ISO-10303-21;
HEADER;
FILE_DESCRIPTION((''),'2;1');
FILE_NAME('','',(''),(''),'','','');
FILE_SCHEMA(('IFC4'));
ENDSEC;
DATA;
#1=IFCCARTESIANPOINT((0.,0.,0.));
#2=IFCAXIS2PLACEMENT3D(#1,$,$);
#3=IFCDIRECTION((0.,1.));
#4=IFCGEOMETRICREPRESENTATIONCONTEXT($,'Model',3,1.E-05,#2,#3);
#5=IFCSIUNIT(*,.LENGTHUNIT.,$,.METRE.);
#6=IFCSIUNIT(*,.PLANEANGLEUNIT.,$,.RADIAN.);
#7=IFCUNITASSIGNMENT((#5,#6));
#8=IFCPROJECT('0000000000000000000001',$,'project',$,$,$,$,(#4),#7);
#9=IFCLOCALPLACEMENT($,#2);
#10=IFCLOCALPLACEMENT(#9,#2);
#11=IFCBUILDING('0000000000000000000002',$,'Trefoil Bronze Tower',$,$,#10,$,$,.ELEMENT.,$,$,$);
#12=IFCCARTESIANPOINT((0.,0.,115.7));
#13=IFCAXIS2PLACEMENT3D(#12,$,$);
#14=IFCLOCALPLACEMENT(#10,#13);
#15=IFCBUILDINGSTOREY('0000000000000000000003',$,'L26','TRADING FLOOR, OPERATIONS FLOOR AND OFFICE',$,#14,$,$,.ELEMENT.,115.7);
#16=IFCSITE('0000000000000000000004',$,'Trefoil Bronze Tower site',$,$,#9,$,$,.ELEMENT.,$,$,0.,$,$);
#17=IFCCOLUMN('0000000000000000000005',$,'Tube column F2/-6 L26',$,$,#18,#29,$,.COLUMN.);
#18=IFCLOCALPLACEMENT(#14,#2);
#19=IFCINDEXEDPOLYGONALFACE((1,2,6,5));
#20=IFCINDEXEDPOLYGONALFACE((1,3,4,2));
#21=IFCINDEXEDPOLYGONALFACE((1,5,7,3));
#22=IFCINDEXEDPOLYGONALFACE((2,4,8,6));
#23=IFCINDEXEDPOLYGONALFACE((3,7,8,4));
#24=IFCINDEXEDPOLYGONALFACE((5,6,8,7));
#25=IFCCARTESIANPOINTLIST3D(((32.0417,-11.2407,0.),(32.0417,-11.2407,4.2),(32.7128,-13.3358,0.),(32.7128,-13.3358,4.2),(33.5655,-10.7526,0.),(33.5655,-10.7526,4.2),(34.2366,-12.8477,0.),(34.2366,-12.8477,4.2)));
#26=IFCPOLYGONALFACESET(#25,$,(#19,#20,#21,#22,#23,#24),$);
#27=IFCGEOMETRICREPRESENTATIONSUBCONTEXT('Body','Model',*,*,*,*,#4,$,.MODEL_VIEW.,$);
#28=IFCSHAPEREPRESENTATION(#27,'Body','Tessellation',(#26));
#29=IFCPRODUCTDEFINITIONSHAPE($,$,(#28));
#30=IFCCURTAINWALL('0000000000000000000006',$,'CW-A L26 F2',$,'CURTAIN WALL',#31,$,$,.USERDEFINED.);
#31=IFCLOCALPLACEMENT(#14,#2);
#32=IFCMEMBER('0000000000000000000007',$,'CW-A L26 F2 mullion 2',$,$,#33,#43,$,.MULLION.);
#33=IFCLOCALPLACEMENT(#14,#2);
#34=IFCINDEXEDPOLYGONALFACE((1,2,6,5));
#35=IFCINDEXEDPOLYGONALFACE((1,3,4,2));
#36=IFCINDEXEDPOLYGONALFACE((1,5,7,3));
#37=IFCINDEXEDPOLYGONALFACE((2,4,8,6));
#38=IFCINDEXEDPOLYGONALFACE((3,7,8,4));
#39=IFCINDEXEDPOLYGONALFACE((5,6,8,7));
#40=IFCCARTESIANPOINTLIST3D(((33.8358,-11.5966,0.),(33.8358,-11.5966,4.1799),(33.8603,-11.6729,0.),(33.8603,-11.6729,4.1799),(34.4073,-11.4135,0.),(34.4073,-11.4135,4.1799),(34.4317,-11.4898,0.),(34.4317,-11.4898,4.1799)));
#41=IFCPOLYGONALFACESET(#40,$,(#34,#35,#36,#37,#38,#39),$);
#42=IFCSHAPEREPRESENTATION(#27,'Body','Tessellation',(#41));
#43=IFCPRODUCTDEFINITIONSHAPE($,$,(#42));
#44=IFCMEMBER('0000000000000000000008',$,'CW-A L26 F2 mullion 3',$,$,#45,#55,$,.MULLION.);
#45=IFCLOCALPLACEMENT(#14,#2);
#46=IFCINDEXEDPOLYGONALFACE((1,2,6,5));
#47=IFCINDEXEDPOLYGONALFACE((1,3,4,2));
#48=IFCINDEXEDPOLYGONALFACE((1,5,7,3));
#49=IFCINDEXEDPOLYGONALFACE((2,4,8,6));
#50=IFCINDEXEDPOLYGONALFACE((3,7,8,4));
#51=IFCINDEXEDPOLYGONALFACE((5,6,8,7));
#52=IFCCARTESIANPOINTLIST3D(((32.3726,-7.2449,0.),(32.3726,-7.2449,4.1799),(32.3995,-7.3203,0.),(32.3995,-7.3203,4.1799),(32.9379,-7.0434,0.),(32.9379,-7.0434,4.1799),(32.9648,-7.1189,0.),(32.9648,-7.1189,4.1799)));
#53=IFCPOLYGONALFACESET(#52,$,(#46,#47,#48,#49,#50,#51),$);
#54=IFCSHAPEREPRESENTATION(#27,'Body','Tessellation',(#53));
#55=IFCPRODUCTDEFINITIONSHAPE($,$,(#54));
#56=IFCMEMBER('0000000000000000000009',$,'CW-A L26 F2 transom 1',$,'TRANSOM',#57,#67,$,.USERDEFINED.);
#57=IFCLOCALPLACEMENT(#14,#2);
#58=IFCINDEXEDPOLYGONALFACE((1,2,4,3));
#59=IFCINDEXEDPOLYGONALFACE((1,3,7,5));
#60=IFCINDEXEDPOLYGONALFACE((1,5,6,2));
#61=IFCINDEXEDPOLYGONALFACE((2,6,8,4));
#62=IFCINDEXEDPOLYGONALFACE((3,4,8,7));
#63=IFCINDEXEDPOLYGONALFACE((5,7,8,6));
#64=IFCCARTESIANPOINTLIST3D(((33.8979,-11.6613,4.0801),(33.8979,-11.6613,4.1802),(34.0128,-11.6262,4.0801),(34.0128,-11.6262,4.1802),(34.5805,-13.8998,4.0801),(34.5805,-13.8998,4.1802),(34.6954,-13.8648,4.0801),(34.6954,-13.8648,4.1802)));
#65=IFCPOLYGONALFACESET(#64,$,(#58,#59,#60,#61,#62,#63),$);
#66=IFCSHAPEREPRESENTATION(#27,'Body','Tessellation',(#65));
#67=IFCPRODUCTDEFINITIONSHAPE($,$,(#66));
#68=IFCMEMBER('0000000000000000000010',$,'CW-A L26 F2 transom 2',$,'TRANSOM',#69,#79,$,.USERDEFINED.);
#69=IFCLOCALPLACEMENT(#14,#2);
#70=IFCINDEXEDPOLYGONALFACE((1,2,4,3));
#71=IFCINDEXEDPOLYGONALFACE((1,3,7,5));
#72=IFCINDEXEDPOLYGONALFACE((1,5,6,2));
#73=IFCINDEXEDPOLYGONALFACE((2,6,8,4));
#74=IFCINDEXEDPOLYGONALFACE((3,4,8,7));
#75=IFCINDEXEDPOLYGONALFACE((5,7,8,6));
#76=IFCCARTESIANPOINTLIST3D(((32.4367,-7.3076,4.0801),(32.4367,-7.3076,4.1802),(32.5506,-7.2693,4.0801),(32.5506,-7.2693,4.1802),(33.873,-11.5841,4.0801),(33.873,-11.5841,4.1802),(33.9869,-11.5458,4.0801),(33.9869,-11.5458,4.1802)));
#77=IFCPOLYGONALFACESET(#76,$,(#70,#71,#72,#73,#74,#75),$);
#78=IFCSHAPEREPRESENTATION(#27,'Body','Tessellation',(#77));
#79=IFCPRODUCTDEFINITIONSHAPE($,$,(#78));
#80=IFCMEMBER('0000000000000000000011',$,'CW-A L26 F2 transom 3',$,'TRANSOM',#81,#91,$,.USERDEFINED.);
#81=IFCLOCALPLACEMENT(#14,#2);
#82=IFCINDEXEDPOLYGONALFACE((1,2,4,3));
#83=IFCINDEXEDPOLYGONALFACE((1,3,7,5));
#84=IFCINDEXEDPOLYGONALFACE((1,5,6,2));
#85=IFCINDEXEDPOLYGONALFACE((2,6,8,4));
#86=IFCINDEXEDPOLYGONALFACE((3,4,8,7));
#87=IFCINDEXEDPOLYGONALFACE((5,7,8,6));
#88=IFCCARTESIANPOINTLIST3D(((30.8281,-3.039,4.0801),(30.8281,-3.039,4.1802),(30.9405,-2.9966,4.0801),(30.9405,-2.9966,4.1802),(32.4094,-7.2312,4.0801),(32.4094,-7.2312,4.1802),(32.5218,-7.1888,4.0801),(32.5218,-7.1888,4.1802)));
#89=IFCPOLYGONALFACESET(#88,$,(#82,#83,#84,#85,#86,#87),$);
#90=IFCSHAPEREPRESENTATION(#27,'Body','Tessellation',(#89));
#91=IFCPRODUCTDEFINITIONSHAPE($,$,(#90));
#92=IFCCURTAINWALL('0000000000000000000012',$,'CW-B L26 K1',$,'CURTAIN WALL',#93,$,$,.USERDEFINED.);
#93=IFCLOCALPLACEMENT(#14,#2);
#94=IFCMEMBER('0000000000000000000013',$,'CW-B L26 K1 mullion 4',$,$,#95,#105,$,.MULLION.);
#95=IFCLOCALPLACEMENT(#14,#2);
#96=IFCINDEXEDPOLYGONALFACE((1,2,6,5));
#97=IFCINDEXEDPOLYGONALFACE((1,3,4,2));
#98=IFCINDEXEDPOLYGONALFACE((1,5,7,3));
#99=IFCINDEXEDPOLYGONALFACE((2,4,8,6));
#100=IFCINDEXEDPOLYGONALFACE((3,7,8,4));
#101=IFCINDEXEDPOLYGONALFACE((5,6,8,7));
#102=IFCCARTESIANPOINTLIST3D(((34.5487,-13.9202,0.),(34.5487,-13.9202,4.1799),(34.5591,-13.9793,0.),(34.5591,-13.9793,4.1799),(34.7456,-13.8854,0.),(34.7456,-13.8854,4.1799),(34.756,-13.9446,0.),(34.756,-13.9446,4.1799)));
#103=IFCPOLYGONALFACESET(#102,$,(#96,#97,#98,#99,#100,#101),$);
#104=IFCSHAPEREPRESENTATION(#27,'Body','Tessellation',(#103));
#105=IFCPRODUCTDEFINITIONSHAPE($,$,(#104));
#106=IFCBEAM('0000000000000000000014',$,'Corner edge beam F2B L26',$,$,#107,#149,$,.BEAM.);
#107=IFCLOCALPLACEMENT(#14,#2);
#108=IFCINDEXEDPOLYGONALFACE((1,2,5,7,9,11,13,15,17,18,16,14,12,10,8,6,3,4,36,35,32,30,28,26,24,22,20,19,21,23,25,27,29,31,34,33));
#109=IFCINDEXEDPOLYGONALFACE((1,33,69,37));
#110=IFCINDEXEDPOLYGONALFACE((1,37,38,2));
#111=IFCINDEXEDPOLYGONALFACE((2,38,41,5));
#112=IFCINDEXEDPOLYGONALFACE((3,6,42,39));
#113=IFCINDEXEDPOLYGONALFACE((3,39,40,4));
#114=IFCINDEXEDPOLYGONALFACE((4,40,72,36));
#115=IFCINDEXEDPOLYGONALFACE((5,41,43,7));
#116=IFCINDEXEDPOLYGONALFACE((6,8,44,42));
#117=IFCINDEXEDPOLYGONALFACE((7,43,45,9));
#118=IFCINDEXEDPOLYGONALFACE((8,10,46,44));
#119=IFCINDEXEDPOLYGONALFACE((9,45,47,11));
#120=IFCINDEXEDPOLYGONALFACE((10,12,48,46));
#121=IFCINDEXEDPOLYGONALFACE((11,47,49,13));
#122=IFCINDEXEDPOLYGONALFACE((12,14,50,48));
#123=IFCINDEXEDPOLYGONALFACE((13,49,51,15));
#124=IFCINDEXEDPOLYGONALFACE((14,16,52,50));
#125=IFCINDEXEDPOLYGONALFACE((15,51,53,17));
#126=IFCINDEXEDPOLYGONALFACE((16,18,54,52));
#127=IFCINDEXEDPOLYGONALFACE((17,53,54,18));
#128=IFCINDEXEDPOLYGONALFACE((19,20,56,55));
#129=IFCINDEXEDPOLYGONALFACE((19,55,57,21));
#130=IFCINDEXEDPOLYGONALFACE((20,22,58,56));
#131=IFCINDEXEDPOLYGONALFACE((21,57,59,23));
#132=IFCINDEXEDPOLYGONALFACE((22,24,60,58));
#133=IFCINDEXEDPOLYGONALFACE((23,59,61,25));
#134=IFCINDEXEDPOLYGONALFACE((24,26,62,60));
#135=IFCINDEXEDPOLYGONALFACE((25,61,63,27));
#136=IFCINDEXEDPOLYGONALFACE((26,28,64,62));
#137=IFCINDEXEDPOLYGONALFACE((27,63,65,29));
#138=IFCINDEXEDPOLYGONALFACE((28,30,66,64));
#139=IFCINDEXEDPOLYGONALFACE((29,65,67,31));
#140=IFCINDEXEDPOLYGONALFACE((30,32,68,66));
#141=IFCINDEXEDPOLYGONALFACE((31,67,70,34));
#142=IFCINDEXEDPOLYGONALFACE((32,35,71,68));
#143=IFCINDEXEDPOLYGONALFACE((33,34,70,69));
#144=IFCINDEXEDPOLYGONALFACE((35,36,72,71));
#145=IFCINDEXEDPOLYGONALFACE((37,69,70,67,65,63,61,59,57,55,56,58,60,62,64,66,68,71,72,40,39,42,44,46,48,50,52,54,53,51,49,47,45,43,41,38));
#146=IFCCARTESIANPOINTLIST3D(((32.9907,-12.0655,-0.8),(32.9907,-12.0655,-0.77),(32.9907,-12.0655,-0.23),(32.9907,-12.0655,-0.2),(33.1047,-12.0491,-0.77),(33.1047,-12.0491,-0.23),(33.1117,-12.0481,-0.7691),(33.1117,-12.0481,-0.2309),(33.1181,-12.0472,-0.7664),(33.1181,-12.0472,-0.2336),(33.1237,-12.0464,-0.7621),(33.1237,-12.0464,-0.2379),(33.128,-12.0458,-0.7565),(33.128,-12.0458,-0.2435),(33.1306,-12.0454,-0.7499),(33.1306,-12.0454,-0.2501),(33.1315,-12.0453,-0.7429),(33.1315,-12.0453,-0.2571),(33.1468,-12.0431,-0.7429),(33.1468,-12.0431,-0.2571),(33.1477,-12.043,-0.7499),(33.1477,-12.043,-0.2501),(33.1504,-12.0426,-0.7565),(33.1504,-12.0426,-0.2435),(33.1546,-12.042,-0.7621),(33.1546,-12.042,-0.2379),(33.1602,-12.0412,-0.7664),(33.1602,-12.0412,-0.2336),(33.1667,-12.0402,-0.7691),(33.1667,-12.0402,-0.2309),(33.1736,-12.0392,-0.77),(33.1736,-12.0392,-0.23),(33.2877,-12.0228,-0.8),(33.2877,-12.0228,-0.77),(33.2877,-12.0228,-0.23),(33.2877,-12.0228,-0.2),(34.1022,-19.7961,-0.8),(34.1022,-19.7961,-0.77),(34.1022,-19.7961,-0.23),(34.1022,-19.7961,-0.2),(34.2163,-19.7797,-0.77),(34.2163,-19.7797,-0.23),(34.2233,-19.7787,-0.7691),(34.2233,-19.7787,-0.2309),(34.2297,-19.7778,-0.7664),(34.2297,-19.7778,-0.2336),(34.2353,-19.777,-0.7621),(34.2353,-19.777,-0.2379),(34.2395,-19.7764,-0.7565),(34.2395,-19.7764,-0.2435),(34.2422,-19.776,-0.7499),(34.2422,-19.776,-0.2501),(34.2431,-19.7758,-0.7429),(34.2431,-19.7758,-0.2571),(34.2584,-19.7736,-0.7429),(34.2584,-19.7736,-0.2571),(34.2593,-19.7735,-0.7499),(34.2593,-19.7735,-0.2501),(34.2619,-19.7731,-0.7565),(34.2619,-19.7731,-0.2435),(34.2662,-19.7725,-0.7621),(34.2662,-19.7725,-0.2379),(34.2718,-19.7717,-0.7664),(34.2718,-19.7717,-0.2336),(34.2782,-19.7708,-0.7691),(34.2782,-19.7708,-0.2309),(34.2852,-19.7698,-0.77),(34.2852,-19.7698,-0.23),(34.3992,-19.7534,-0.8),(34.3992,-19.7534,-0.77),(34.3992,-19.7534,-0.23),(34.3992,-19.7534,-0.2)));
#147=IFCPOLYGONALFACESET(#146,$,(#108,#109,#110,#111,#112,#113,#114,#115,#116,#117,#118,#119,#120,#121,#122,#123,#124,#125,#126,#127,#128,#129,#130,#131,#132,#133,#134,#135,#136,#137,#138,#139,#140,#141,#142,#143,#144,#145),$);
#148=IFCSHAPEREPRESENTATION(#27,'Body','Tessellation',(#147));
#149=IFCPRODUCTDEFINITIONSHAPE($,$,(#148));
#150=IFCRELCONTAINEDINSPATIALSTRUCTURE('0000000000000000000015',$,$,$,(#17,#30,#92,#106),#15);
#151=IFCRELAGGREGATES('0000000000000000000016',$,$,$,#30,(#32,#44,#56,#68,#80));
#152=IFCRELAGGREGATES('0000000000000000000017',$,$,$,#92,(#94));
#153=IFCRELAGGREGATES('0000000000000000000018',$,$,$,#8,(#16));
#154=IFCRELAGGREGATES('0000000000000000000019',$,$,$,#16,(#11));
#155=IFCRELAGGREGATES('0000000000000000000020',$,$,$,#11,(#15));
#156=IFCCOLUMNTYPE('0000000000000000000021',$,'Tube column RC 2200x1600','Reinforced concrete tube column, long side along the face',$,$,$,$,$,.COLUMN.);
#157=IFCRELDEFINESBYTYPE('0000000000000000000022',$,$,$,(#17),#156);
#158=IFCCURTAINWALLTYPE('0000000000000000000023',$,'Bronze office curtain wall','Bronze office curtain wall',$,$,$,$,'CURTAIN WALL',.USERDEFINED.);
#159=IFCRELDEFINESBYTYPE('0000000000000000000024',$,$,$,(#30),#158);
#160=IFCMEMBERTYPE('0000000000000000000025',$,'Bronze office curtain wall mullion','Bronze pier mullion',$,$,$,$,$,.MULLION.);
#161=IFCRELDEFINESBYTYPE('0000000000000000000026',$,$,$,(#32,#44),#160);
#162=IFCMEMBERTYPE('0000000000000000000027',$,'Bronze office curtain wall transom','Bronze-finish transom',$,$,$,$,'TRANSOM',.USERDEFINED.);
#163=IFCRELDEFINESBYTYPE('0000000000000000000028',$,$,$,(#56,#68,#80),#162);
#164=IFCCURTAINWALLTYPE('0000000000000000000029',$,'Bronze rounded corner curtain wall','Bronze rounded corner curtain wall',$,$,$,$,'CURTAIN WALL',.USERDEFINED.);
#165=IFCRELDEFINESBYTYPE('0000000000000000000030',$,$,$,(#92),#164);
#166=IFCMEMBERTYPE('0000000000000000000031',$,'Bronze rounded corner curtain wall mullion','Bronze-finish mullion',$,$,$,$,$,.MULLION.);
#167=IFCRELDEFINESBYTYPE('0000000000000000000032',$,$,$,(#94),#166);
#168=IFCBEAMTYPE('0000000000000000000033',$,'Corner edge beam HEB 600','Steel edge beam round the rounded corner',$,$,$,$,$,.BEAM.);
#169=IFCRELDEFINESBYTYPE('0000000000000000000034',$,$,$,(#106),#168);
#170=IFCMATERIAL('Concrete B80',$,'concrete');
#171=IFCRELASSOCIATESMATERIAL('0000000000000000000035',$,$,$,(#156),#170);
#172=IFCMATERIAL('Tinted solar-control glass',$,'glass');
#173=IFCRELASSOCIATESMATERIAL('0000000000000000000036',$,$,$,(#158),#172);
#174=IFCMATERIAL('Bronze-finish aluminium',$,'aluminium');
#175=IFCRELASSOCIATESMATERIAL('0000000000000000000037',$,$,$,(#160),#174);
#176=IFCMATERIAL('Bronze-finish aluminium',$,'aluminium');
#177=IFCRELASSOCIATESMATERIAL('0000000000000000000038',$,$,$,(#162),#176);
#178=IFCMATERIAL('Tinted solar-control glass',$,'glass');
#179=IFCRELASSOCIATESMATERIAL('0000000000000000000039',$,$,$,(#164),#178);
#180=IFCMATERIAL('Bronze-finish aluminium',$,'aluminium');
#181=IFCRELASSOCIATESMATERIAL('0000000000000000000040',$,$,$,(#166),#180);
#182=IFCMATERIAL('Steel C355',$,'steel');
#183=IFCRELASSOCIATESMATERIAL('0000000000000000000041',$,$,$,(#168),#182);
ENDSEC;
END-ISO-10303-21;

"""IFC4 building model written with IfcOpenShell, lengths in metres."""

from ifc_helpers import new_model, si_unit, direction, frame, origin, origin_2d, place, context, subcontext, project, spatial, rectangle, i_section, extrude, material, material_profile, profile_set, type_object, element, aggregate, save


model = new_model("IFC4")

# Units and contexts
model_context = context("Model", 3, precision=1e-05, world=origin(), true_north=direction((0.0, 1.0)))
body_context = subcontext(model_context, "Body", "Model", "MODEL_VIEW")
ifc_project = project(units=[si_unit("LENGTHUNIT", "METRE"), si_unit("PLANEANGLEUNIT", "RADIAN")], contexts=[model_context])

# Site, building, storey
site_placement = place(None, origin())
site = spatial("IfcSite", under=ifc_project, at=site_placement, Name="Trefoil Bronze Tower site", CompositionType="ELEMENT", RefElevation=0.0)
building_placement = place(site_placement, origin())
building = spatial("IfcBuilding", under=site, at=building_placement, Name="Trefoil Bronze Tower", CompositionType="ELEMENT")
storey_placement = place(building_placement, frame((0.0, 0.0, 115.7)))
storey = spatial("IfcBuildingStorey", under=building, at=storey_placement, Name="L26", Description="TRADING FLOOR, OPERATIONS FLOOR AND OFFICE", CompositionType="ELEMENT", Elevation=115.7)

# Column
ifc_material_1 = material(Name="Concrete B80", Category="concrete")
ifc_material_profile_1 = material_profile(ifc_material_1, rectangle(XDim=2.2, YDim=1.6001, at=origin_2d()), Name="RC 2200x1600")
ifc_profile_set_1 = profile_set([ifc_material_profile_1], Name="Concrete B80")
column_type = type_object("IfcColumnType", Name="Tube column RC 2200x1600", Description="Reinforced concrete tube column, long side along the face", PredefinedType="COLUMN", material=ifc_profile_set_1)
column_placement = place(storey_placement, frame((33.1392, -12.0442, 0.0), z_axis=(0.0, 0.0, 1.0), x_axis=(-0.305066, 0.952331, 0.0)))
element("IfcColumn", 1, at=column_placement, inside=storey, type_object=column_type, Name="Tube column F2/-6 L26", PredefinedType="COLUMN", context=body_context, shape_type="SweptSolid", body=[
    extrude(rectangle(XDim=2.2, YDim=1.6001, at=origin_2d()), origin(), (0.0, 0.0, 1.0), 4.2),
])

# Curtain wall, members
ifc_material_2 = material(Name="Tinted solar-control glass", Category="glass")
curtain_wall_type_1 = type_object("IfcCurtainWallType", Name="Bronze office curtain wall", Description="Bronze office curtain wall", ElementType="CURTAIN WALL", PredefinedType="USERDEFINED", material=ifc_material_2)
curtain_wall_1_placement = place(storey_placement, origin())
curtain_wall_1 = element("IfcCurtainWall", 2, at=curtain_wall_1_placement, inside=storey, type_object=curtain_wall_type_1, Name="CW-A L26 F2", ObjectType="CURTAIN WALL", PredefinedType="USERDEFINED")
ifc_material_3 = material(Name="Bronze-finish aluminium", Category="aluminium")
ifc_material_profile_2 = material_profile(ifc_material_3, rectangle(XDim=0.6001, YDim=0.0801, at=origin_2d()), Name="CW-A mullion")
ifc_profile_set_2 = profile_set([ifc_material_profile_2], Name="Bronze-finish aluminium")
member_type_1 = type_object("IfcMemberType", Name="Bronze office curtain wall mullion", Description="Bronze pier mullion", PredefinedType="MULLION", material=ifc_profile_set_2)
member_1_placement = place(storey_placement, frame((34.1338, -11.5432, 0.0), z_axis=(0.0, 0.0, 1.0), x_axis=(-0.952331, -0.305066, 0.0)))
member_1 = element("IfcMember", 3, at=member_1_placement, type_object=member_type_1, Name="CW-A L26 F2 mullion 2", PredefinedType="MULLION", context=body_context, shape_type="SweptSolid", body=[
    extrude(rectangle(XDim=0.6001, YDim=0.0801, at=origin_2d()), origin(), (0.0, 0.0, 1.0), 4.1799),
])
member_2_placement = place(storey_placement, frame((32.6687, -7.1819, 0.0), z_axis=(0.0, 0.0, 1.0), x_axis=(-0.941963, -0.335718, 0.0)))
member_2 = element("IfcMember", 4, at=member_2_placement, type_object=member_type_1, Name="CW-A L26 F2 mullion 3", PredefinedType="MULLION", context=body_context, shape_type="SweptSolid", body=[
    extrude(rectangle(XDim=0.6001, YDim=0.0801, at=origin_2d()), origin(), (0.0, 0.0, 1.0), 4.1799),
])
ifc_material_4 = material(Name="Bronze-finish aluminium", Category="aluminium")
ifc_material_profile_3 = material_profile(ifc_material_4, rectangle(XDim=0.1201, YDim=0.1001, at=origin_2d()), Name="CW-A transom")
ifc_profile_set_3 = profile_set([ifc_material_profile_3], Name="Bronze-finish aluminium")
member_type_2 = type_object("IfcMemberType", Name="Bronze office curtain wall transom", Description="Bronze-finish transom", ElementType="TRANSOM", PredefinedType="USERDEFINED", material=ifc_profile_set_3)
member_3_placement = place(storey_placement, frame((34.6379, -13.8823, 4.1301), z_axis=(-0.29168, 0.956516, 0.0), x_axis=(-0.956516, -0.29168, 0.0)))
member_3 = element("IfcMember", 5, at=member_3_placement, type_object=member_type_2, Name="CW-A L26 F2 transom 1", ObjectType="TRANSOM", PredefinedType="USERDEFINED", context=body_context, shape_type="SweptSolid", body=[
    extrude(rectangle(XDim=0.1201, YDim=0.1001, at=origin_2d()), origin(), (0.0, 0.0, 1.0), 2.3403),
])
member_4_placement = place(storey_placement, frame((33.9299, -11.5649, 4.1301), z_axis=(-0.318386, 0.947961, 0.0), x_axis=(-0.947961, -0.318386, 0.0)))
member_4 = element("IfcMember", 6, at=member_4_placement, type_object=member_type_2, Name="CW-A L26 F2 transom 2", ObjectType="TRANSOM", PredefinedType="USERDEFINED", context=body_context, shape_type="SweptSolid", body=[
    extrude(rectangle(XDim=0.1201, YDim=0.1001, at=origin_2d()), origin(), (0.0, 0.0, 1.0), 4.5112),
])
member_5_placement = place(storey_placement, frame((32.4656, -7.21, 4.1301), z_axis=(-0.352932, 0.935649, 0.0), x_axis=(-0.935649, -0.352932, 0.0)))
member_5 = element("IfcMember", 7, at=member_5_placement, type_object=member_type_2, Name="CW-A L26 F2 transom 3", ObjectType="TRANSOM", PredefinedType="USERDEFINED", context=body_context, shape_type="SweptSolid", body=[
    extrude(rectangle(XDim=0.1201, YDim=0.1001, at=origin_2d()), origin(), (0.0, 0.0, 1.0), 4.4805),
])

# Curtain wall, member
ifc_material_5 = material(Name="Tinted solar-control glass", Category="glass")
curtain_wall_type_2 = type_object("IfcCurtainWallType", Name="Bronze rounded corner curtain wall", Description="Bronze rounded corner curtain wall", ElementType="CURTAIN WALL", PredefinedType="USERDEFINED", material=ifc_material_5)
curtain_wall_2_placement = place(storey_placement, origin())
curtain_wall_2 = element("IfcCurtainWall", 8, at=curtain_wall_2_placement, inside=storey, type_object=curtain_wall_type_2, Name="CW-B L26 K1", ObjectType="CURTAIN WALL", PredefinedType="USERDEFINED")
ifc_material_6 = material(Name="Bronze-finish aluminium", Category="aluminium")
ifc_material_profile_4 = material_profile(ifc_material_6, rectangle(XDim=0.2, YDim=0.0601, at=origin_2d()), Name="CW-B mullion")
ifc_profile_set_4 = profile_set([ifc_material_profile_4], Name="Bronze-finish aluminium")
member_type_3 = type_object("IfcMemberType", Name="Bronze rounded corner curtain wall mullion", Description="Bronze-finish mullion", PredefinedType="MULLION", material=ifc_profile_set_4)
member_6_placement = place(storey_placement, frame((34.6523, -13.9324, 0.0), z_axis=(0.0, 0.0, 1.0), x_axis=(-0.984808, -0.173648, 0.0)))
member_6 = element("IfcMember", 9, at=member_6_placement, type_object=member_type_3, Name="CW-B L26 K1 mullion 4", PredefinedType="MULLION", context=body_context, shape_type="SweptSolid", body=[
    extrude(rectangle(XDim=0.2, YDim=0.0601, at=origin_2d()), origin(), (0.0, 0.0, 1.0), 4.1799),
])

# Beam
ifc_material_7 = material(Name="Steel C355", Category="steel")
ifc_material_profile_5 = material_profile(ifc_material_7, i_section(OverallWidth=0.3, OverallDepth=0.6001, WebThickness=0.0154, FlangeThickness=0.03, FilletRadius=0.0271, at=origin_2d()), Name="HEB 600")
ifc_profile_set_5 = profile_set([ifc_material_profile_5], Name="Steel C355")
beam_type_1 = type_object("IfcBeamType", Name="Corner edge beam HEB 600", Description="Steel edge beam round the rounded corner", PredefinedType="BEAM", material=ifc_profile_set_5)
beam_1_placement = place(storey_placement, frame((33.1392, -12.0442, -0.5), z_axis=(0.142327, -0.98982, 0.0), x_axis=(0.98982, 0.142327, 0.0)))
element("IfcBeam", 10, at=beam_1_placement, inside=storey, type_object=beam_type_1, Name="Corner edge beam F2B L26", PredefinedType="BEAM", context=body_context, shape_type="SweptSolid", body=[
    extrude(i_section(OverallWidth=0.3, OverallDepth=0.6001, WebThickness=0.0154, FlangeThickness=0.03, FilletRadius=0.0271, at=origin_2d()), origin(), (0.0, 0.0, 1.0), 7.8101),
])

aggregate(curtain_wall_1, [member_1, member_2, member_3, member_4, member_5])
aggregate(curtain_wall_2, [member_6])

save(model, "model.ifc")
